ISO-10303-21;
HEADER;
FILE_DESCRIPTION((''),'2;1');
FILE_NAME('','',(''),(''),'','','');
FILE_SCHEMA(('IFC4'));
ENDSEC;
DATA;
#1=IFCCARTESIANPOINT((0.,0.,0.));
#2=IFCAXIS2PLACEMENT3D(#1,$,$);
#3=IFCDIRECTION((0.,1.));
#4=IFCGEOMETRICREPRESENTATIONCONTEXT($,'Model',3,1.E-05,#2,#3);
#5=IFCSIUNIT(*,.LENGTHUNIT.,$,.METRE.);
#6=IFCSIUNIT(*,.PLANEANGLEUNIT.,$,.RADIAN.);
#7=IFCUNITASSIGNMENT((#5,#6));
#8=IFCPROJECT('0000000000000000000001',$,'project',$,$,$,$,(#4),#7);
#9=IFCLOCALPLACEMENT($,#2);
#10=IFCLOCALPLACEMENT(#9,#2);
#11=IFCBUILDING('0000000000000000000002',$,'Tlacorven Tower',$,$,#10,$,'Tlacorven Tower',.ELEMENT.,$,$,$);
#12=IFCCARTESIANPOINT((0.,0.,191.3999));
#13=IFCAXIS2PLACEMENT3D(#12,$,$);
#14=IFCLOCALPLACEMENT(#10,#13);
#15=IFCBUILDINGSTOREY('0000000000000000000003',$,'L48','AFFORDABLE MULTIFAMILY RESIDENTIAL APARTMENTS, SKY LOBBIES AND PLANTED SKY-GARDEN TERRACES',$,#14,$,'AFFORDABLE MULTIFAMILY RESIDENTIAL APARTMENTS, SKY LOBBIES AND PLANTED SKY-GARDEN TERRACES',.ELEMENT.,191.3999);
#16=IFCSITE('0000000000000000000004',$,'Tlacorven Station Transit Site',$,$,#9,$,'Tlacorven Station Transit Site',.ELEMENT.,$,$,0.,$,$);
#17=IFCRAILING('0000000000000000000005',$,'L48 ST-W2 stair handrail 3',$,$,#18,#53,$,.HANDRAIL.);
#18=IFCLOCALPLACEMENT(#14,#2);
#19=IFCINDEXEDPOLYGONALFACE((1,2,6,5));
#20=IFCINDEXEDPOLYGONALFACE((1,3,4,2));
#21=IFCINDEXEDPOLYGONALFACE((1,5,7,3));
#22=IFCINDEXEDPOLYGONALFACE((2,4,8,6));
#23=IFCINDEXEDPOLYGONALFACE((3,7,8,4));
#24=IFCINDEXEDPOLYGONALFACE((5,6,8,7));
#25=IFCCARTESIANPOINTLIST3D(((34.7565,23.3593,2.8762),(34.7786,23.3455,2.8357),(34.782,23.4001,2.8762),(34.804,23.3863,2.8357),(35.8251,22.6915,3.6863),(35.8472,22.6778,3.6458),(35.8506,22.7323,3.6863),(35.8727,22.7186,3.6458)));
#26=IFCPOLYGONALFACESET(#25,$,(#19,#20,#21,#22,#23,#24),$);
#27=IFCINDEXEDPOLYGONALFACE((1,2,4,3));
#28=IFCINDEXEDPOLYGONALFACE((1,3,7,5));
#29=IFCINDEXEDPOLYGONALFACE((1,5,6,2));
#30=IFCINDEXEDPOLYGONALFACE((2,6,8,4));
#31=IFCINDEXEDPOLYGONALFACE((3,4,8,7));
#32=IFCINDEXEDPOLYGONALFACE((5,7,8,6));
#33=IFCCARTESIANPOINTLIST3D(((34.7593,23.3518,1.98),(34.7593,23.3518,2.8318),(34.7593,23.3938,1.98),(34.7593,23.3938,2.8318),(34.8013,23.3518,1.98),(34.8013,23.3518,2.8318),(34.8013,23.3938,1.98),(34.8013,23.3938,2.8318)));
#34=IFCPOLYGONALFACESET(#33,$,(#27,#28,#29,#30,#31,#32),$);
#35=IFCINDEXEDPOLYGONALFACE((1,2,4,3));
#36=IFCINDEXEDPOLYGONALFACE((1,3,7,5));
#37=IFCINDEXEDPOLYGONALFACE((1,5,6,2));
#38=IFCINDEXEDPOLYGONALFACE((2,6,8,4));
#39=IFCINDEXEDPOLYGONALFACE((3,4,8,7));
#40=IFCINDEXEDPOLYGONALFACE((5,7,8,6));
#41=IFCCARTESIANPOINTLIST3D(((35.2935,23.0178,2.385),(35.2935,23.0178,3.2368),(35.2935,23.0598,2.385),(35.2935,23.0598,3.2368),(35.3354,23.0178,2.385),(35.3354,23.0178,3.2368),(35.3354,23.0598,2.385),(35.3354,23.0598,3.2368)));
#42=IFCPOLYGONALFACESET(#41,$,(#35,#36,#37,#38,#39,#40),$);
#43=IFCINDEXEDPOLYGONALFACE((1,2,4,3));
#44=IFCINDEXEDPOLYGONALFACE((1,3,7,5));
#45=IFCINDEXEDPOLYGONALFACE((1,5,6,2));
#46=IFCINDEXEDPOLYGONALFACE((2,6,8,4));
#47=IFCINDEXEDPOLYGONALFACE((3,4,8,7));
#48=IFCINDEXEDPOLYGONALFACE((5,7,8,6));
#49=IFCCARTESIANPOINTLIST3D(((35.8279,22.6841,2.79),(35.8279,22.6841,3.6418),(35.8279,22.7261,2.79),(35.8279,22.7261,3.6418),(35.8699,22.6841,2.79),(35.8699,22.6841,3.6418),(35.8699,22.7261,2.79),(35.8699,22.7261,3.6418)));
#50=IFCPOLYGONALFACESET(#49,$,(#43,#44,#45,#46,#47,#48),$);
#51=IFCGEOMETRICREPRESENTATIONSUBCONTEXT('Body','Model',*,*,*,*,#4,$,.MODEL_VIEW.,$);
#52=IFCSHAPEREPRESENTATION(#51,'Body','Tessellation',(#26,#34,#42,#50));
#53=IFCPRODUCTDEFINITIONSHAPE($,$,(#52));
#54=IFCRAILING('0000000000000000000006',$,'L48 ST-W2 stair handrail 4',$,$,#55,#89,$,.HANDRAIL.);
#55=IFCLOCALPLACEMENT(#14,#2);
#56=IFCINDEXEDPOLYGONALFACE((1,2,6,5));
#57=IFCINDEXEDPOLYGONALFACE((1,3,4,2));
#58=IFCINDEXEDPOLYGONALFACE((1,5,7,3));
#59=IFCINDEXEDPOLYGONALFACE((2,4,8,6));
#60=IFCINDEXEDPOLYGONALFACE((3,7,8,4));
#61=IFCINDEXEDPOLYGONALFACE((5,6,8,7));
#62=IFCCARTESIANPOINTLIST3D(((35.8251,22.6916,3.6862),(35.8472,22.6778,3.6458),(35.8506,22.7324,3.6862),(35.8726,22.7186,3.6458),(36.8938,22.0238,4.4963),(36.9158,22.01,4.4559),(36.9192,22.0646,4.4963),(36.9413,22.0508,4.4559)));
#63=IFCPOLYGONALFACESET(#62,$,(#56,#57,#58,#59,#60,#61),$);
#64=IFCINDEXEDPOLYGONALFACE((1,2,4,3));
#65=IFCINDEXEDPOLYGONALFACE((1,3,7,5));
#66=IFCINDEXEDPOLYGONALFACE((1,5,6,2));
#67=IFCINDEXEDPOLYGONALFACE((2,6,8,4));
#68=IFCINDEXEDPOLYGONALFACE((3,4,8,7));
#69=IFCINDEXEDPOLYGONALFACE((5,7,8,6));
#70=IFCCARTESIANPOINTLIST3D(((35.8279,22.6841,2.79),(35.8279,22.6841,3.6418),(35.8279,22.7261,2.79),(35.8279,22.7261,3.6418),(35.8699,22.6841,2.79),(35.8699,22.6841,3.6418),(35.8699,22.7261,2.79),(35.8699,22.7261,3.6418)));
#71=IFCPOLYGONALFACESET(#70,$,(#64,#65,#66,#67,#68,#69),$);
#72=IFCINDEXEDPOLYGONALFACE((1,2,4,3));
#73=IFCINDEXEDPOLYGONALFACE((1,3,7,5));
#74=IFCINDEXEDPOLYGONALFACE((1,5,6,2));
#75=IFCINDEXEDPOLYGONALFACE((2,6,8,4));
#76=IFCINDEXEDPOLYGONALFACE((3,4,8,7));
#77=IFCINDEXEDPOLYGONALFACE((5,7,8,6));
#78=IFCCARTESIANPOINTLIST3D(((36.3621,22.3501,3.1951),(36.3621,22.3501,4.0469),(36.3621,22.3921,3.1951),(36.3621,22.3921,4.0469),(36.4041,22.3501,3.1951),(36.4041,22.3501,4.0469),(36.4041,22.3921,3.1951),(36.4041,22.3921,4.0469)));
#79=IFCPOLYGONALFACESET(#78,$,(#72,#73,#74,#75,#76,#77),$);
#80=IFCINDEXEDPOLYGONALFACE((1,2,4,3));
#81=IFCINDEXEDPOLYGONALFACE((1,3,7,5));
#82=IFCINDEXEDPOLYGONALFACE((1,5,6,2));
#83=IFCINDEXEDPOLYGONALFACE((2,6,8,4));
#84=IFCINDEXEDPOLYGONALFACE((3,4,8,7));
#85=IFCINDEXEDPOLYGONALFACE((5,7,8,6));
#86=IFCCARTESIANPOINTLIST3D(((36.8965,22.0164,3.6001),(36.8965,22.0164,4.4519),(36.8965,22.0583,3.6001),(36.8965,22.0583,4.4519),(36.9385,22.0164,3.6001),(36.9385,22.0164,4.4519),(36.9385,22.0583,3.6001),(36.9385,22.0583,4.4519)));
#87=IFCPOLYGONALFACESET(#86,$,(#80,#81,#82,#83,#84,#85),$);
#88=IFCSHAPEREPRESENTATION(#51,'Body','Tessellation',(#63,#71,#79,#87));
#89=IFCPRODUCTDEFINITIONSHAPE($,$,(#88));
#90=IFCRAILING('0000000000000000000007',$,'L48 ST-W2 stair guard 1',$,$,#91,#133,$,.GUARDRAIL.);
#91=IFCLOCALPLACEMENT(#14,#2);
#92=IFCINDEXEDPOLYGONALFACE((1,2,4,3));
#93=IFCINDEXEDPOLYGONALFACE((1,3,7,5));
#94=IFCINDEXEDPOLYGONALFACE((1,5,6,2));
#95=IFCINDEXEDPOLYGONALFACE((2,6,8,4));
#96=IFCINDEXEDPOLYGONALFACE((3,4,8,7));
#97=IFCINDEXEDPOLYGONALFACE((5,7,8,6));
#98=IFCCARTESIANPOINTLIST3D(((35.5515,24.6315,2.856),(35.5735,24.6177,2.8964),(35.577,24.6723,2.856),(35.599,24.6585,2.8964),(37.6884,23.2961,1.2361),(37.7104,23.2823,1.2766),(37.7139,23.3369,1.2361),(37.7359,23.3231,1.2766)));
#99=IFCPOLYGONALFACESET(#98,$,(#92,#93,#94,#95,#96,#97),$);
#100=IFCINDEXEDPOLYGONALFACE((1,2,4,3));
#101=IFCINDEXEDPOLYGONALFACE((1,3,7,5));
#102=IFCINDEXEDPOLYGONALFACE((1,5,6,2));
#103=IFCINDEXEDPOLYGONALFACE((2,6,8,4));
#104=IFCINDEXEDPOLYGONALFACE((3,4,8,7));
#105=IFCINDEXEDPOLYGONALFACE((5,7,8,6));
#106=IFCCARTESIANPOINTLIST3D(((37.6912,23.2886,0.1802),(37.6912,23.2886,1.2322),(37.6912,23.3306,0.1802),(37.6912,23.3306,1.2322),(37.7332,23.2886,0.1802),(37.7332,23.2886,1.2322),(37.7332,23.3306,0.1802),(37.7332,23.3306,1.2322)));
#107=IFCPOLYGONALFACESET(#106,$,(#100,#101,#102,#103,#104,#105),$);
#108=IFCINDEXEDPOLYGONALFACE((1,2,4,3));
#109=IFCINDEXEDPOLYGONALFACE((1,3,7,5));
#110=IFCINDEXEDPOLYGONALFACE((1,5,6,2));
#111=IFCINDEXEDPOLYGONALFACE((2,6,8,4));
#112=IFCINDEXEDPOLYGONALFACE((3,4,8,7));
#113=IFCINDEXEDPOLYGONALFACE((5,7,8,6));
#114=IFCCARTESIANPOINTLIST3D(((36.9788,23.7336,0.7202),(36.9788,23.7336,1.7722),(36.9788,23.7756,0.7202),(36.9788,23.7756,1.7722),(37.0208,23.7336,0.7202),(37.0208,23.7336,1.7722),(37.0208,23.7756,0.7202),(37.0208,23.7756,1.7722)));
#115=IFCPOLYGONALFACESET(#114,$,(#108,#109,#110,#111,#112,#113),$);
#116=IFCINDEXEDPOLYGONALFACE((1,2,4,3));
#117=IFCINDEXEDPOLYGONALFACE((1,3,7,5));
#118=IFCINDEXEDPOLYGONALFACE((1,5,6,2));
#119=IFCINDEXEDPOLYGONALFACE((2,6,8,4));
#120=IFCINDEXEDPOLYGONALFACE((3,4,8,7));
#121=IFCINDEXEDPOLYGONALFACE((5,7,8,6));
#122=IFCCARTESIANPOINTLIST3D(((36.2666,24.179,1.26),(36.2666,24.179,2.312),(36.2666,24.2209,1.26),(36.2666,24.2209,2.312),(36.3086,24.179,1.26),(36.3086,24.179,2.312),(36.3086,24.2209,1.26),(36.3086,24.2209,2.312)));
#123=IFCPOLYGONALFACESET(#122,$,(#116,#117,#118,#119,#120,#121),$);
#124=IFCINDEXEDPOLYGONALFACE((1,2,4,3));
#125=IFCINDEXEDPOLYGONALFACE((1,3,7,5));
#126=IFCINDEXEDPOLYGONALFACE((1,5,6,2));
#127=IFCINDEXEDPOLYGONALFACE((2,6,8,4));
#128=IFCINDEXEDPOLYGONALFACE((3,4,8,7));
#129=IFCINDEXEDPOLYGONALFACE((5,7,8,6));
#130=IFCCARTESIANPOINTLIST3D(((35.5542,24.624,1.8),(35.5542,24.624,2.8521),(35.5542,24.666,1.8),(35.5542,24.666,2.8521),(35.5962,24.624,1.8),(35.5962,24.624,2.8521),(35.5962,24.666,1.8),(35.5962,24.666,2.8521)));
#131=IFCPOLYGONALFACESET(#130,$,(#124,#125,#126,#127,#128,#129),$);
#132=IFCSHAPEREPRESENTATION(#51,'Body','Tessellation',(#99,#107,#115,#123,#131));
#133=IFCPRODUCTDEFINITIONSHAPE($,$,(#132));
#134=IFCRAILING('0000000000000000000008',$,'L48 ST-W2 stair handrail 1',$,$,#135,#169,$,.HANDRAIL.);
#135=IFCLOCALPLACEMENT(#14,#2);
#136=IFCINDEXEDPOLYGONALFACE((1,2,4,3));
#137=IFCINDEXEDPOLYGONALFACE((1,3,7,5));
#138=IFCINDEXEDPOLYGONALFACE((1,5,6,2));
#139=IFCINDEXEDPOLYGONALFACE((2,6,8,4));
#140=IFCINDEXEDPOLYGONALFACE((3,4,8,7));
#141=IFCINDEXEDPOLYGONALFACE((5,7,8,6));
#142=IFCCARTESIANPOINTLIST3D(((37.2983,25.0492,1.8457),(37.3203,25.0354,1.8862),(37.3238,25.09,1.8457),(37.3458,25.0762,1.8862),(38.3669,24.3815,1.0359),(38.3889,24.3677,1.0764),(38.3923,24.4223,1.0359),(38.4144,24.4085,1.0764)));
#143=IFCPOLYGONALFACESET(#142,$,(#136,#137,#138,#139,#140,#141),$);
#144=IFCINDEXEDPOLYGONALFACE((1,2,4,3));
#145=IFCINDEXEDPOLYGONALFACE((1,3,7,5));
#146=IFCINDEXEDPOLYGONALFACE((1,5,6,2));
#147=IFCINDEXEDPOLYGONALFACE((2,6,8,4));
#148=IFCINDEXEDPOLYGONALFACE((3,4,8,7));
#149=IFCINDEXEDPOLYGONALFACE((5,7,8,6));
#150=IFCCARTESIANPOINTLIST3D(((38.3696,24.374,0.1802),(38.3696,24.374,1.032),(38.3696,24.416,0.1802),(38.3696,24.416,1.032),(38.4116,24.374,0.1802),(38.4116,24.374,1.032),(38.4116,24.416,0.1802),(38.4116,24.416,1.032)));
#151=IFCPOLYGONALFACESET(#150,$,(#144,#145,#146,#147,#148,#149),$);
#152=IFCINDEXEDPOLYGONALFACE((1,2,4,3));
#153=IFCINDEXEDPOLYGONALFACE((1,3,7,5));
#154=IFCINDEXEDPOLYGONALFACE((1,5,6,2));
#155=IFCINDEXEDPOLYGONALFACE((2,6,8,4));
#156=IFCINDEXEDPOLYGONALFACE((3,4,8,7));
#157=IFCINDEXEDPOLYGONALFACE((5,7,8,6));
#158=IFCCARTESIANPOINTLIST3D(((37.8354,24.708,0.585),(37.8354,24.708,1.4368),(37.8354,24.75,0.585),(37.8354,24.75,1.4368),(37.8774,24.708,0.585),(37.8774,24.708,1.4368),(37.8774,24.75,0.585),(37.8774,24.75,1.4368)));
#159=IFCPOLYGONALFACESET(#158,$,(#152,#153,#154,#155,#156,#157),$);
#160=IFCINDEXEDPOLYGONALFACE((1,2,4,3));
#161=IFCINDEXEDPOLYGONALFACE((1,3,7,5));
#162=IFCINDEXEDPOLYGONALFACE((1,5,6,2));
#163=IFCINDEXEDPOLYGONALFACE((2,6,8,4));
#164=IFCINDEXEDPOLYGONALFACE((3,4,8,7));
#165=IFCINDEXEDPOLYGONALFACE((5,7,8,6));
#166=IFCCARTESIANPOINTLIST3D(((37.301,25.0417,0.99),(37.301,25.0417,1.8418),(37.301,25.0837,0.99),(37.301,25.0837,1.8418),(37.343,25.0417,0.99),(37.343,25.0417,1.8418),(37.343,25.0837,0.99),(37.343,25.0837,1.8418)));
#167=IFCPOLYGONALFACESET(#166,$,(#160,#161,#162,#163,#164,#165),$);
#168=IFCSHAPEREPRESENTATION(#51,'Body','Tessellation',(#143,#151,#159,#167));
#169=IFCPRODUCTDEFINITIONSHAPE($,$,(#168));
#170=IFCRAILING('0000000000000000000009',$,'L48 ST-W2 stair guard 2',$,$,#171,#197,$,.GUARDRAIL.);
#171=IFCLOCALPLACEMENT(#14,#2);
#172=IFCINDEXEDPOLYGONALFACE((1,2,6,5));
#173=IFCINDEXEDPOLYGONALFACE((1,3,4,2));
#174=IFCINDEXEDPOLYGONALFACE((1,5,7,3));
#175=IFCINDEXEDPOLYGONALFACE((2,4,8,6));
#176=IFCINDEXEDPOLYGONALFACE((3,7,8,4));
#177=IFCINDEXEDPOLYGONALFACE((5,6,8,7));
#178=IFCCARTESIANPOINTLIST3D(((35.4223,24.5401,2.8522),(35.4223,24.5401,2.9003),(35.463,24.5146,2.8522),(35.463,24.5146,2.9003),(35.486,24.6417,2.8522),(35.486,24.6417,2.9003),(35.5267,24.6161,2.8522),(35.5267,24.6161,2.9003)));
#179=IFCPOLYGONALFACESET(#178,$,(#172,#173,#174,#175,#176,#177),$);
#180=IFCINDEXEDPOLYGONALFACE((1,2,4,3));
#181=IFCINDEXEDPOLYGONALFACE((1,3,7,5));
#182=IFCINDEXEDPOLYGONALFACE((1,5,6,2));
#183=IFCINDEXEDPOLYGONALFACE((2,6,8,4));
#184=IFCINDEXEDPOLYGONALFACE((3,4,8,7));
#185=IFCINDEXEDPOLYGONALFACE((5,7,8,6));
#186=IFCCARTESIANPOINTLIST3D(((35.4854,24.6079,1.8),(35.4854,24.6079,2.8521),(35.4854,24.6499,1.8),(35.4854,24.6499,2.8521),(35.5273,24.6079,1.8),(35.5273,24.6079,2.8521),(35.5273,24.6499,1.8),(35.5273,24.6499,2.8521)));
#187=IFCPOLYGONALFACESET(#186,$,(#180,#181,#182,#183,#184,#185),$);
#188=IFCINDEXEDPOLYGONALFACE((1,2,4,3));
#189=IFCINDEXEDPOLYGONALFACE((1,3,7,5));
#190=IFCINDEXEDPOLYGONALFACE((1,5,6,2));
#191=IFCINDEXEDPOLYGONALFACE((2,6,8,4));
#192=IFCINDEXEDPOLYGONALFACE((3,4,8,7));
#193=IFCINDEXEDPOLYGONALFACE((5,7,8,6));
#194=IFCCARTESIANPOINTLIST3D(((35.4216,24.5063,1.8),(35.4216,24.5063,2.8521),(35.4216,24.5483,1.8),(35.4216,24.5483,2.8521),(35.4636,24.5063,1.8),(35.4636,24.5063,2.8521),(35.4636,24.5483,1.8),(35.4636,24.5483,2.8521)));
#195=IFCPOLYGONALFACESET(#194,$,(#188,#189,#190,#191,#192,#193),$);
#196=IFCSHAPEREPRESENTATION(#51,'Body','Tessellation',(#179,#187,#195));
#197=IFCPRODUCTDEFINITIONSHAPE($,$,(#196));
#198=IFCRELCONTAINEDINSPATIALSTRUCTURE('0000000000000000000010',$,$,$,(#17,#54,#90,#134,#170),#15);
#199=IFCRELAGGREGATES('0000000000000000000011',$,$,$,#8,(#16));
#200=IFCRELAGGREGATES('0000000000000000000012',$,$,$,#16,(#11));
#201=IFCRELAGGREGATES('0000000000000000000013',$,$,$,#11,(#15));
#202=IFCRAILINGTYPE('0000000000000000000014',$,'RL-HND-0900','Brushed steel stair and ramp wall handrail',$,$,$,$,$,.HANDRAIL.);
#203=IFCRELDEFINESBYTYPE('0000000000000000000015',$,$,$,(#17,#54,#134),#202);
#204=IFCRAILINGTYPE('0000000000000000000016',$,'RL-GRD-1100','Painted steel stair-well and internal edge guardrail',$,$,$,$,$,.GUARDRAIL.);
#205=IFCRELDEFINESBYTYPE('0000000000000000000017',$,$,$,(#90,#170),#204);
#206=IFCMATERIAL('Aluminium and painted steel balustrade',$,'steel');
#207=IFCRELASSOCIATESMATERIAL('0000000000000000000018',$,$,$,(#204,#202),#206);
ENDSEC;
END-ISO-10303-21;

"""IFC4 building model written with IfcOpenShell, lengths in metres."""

from ifc_helpers import new_model, si_unit, direction, frame, origin, origin_2d, place, context, subcontext, project, spatial, rectangle, extrude, source, transform, mapped, material, type_object, element, save


model = new_model("IFC4")

# Units and contexts
model_context = context("Model", 3, precision=1e-05, world=origin(), true_north=direction((0.0, 1.0)))
body_context = subcontext(model_context, "Body", "Model", "MODEL_VIEW")
ifc_project = project(units=[si_unit("LENGTHUNIT", "METRE"), si_unit("PLANEANGLEUNIT", "RADIAN")], contexts=[model_context])

# Site, building, storey
site_placement = place(None, origin())
site = spatial("IfcSite", under=ifc_project, at=site_placement, Name="Tlacorven Station Transit Site", LongName="Tlacorven Station Transit Site", CompositionType="ELEMENT", RefElevation=0.0)
building_placement = place(site_placement, origin())
building = spatial("IfcBuilding", under=site, at=building_placement, Name="Tlacorven Tower", LongName="Tlacorven Tower", CompositionType="ELEMENT")
storey_placement = place(building_placement, frame((0.0, 0.0, 191.3999)))
storey = spatial("IfcBuildingStorey", under=building, at=storey_placement, Name="L48", Description="AFFORDABLE MULTIFAMILY RESIDENTIAL APARTMENTS, SKY LOBBIES AND PLANTED SKY-GARDEN TERRACES", LongName="AFFORDABLE MULTIFAMILY RESIDENTIAL APARTMENTS, SKY LOBBIES AND PLANTED SKY-GARDEN TERRACES", CompositionType="ELEMENT", Elevation=191.3999)

# Railings
ifc_material_1 = material(Name="Aluminium and painted steel balustrade", Category="steel")
railing_type_1 = type_object("IfcRailingType", Name="RL-GRD-1100", Description="Painted steel stair-well and internal edge guardrail", PredefinedType="GUARDRAIL", material=ifc_material_1)
railing_type_2 = type_object("IfcRailingType", Name="RL-HND-0900", Description="Brushed steel stair and ramp wall handrail", PredefinedType="HANDRAIL", material=ifc_material_1)
shared_shape_1 = source(origin(), body_context, "Body", "SweptSolid", [
    extrude(rectangle(XDim=0.0481, YDim=0.0481, at=origin_2d()), frame((0.0, 0.0, 0.876), z_axis=(0.71336, -0.445748, 0.540765), x_axis=(0.529912, 0.848053, 0.0)), (0.0, 0.0, 1.0), 1.498),
    extrude(rectangle(XDim=0.042, YDim=0.042, at=origin_2d()), origin(), (0.0, 0.0, 1.0), 0.8518),
    extrude(rectangle(XDim=0.042, YDim=0.042, at=origin_2d()), frame((0.5342, -0.334, 0.405)), (0.0, 0.0, 1.0), 0.8518),
    extrude(rectangle(XDim=0.042, YDim=0.042, at=origin_2d()), frame((1.0686, -0.6677, 0.8101)), (0.0, 0.0, 1.0), 0.8518),
])
for number, where, name in (
    (1, (34.7803, 23.3728, 1.98), "L48 ST-W2 stair handrail 3"),
    (2, (35.8489, 22.7051, 2.79), "L48 ST-W2 stair handrail 4"),
):
    element("IfcRailing", number, at=place(storey_placement, frame(where)), inside=storey, type_object=railing_type_2, Name=name, PredefinedType="HANDRAIL", context=body_context, shape_type="MappedRepresentation", body=[
        mapped(shared_shape_1, transform((0.0, 0.0, 0.0), scale=1.0)),
    ])
shared_shape_2 = source(origin(), body_context, "Body", "SweptSolid", [
    extrude(rectangle(XDim=0.0481, YDim=0.0481, at=origin_2d()), frame((0.0, 0.0, 1.0762), z_axis=(-0.713351, 0.445794, 0.540739), x_axis=(-0.529955, -0.848026, 0.0)), (0.0, 0.0, 1.0), 2.9956),
    extrude(rectangle(XDim=0.042, YDim=0.042, at=origin_2d()), origin(), (0.0, 0.0, 1.0), 1.052),
    extrude(rectangle(XDim=0.042, YDim=0.042, at=origin_2d()), frame((-0.7124, 0.4451, 0.54)), (0.0, 0.0, 1.0), 1.052),
    extrude(rectangle(XDim=0.042, YDim=0.042, at=origin_2d()), frame((-1.4246, 0.8904, 1.0798)), (0.0, 0.0, 1.0), 1.052),
    extrude(rectangle(XDim=0.042, YDim=0.042, at=origin_2d()), frame((-2.137, 1.3354, 1.6199)), (0.0, 0.0, 1.0), 1.052),
])
railing_1_placement = place(storey_placement, frame((37.7122, 23.3096, 0.1802)))
element("IfcRailing", 3, at=railing_1_placement, inside=storey, type_object=railing_type_1, Name="L48 ST-W2 stair guard 1", PredefinedType="GUARDRAIL", context=body_context, shape_type="MappedRepresentation", body=[
    mapped(shared_shape_2, transform((0.0, 0.0, 0.0), scale=1.0)),
])
shared_shape_3 = source(origin(), body_context, "Body", "SweptSolid", [
    extrude(rectangle(XDim=0.0481, YDim=0.0481, at=origin_2d()), frame((0.0, 0.0, 0.876), z_axis=(-0.713423, 0.445787, 0.540649), x_axis=(-0.529912, -0.848053, 0.0)), (0.0, 0.0, 1.0), 1.4978),
    extrude(rectangle(XDim=0.042, YDim=0.042, at=origin_2d()), origin(), (0.0, 0.0, 1.0), 0.8518),
    extrude(rectangle(XDim=0.042, YDim=0.042, at=origin_2d()), frame((-0.5342, 0.334, 0.4048)), (0.0, 0.0, 1.0), 0.8518),
    extrude(rectangle(XDim=0.042, YDim=0.042, at=origin_2d()), frame((-1.0686, 0.6677, 0.8098)), (0.0, 0.0, 1.0), 0.8518),
])
railing_2_placement = place(storey_placement, frame((38.3906, 24.395, 0.1802)))
element("IfcRailing", 4, at=railing_2_placement, inside=storey, type_object=railing_type_2, Name="L48 ST-W2 stair handrail 1", PredefinedType="HANDRAIL", context=body_context, shape_type="MappedRepresentation", body=[
    mapped(shared_shape_3, transform((0.0, 0.0, 0.0), scale=1.0)),
])
shared_shape_4 = source(origin(), body_context, "Body", "SweptSolid", [
    extrude(rectangle(XDim=0.0481, YDim=0.0481, at=origin_2d()), frame((0.0, 0.0, 1.0762), z_axis=(-0.531462, -0.847082, 0.0), x_axis=(0.847082, -0.531462, 0.0)), (0.0, 0.0, 1.0), 0.1199),
    extrude(rectangle(XDim=0.042, YDim=0.042, at=origin_2d()), origin(), (0.0, 0.0, 1.0), 1.052),
    extrude(rectangle(XDim=0.042, YDim=0.042, at=origin_2d()), frame((-0.0637, -0.1016, 0.0)), (0.0, 0.0, 1.0), 1.052),
])
railing_3_placement = place(storey_placement, frame((35.5063, 24.6289, 1.8)))
element("IfcRailing", 5, at=railing_3_placement, inside=storey, type_object=railing_type_1, Name="L48 ST-W2 stair guard 2", PredefinedType="GUARDRAIL", context=body_context, shape_type="MappedRepresentation", body=[
    mapped(shared_shape_4, transform((0.0, 0.0, 0.0), scale=1.0)),
])

save(model, "model.ifc")
